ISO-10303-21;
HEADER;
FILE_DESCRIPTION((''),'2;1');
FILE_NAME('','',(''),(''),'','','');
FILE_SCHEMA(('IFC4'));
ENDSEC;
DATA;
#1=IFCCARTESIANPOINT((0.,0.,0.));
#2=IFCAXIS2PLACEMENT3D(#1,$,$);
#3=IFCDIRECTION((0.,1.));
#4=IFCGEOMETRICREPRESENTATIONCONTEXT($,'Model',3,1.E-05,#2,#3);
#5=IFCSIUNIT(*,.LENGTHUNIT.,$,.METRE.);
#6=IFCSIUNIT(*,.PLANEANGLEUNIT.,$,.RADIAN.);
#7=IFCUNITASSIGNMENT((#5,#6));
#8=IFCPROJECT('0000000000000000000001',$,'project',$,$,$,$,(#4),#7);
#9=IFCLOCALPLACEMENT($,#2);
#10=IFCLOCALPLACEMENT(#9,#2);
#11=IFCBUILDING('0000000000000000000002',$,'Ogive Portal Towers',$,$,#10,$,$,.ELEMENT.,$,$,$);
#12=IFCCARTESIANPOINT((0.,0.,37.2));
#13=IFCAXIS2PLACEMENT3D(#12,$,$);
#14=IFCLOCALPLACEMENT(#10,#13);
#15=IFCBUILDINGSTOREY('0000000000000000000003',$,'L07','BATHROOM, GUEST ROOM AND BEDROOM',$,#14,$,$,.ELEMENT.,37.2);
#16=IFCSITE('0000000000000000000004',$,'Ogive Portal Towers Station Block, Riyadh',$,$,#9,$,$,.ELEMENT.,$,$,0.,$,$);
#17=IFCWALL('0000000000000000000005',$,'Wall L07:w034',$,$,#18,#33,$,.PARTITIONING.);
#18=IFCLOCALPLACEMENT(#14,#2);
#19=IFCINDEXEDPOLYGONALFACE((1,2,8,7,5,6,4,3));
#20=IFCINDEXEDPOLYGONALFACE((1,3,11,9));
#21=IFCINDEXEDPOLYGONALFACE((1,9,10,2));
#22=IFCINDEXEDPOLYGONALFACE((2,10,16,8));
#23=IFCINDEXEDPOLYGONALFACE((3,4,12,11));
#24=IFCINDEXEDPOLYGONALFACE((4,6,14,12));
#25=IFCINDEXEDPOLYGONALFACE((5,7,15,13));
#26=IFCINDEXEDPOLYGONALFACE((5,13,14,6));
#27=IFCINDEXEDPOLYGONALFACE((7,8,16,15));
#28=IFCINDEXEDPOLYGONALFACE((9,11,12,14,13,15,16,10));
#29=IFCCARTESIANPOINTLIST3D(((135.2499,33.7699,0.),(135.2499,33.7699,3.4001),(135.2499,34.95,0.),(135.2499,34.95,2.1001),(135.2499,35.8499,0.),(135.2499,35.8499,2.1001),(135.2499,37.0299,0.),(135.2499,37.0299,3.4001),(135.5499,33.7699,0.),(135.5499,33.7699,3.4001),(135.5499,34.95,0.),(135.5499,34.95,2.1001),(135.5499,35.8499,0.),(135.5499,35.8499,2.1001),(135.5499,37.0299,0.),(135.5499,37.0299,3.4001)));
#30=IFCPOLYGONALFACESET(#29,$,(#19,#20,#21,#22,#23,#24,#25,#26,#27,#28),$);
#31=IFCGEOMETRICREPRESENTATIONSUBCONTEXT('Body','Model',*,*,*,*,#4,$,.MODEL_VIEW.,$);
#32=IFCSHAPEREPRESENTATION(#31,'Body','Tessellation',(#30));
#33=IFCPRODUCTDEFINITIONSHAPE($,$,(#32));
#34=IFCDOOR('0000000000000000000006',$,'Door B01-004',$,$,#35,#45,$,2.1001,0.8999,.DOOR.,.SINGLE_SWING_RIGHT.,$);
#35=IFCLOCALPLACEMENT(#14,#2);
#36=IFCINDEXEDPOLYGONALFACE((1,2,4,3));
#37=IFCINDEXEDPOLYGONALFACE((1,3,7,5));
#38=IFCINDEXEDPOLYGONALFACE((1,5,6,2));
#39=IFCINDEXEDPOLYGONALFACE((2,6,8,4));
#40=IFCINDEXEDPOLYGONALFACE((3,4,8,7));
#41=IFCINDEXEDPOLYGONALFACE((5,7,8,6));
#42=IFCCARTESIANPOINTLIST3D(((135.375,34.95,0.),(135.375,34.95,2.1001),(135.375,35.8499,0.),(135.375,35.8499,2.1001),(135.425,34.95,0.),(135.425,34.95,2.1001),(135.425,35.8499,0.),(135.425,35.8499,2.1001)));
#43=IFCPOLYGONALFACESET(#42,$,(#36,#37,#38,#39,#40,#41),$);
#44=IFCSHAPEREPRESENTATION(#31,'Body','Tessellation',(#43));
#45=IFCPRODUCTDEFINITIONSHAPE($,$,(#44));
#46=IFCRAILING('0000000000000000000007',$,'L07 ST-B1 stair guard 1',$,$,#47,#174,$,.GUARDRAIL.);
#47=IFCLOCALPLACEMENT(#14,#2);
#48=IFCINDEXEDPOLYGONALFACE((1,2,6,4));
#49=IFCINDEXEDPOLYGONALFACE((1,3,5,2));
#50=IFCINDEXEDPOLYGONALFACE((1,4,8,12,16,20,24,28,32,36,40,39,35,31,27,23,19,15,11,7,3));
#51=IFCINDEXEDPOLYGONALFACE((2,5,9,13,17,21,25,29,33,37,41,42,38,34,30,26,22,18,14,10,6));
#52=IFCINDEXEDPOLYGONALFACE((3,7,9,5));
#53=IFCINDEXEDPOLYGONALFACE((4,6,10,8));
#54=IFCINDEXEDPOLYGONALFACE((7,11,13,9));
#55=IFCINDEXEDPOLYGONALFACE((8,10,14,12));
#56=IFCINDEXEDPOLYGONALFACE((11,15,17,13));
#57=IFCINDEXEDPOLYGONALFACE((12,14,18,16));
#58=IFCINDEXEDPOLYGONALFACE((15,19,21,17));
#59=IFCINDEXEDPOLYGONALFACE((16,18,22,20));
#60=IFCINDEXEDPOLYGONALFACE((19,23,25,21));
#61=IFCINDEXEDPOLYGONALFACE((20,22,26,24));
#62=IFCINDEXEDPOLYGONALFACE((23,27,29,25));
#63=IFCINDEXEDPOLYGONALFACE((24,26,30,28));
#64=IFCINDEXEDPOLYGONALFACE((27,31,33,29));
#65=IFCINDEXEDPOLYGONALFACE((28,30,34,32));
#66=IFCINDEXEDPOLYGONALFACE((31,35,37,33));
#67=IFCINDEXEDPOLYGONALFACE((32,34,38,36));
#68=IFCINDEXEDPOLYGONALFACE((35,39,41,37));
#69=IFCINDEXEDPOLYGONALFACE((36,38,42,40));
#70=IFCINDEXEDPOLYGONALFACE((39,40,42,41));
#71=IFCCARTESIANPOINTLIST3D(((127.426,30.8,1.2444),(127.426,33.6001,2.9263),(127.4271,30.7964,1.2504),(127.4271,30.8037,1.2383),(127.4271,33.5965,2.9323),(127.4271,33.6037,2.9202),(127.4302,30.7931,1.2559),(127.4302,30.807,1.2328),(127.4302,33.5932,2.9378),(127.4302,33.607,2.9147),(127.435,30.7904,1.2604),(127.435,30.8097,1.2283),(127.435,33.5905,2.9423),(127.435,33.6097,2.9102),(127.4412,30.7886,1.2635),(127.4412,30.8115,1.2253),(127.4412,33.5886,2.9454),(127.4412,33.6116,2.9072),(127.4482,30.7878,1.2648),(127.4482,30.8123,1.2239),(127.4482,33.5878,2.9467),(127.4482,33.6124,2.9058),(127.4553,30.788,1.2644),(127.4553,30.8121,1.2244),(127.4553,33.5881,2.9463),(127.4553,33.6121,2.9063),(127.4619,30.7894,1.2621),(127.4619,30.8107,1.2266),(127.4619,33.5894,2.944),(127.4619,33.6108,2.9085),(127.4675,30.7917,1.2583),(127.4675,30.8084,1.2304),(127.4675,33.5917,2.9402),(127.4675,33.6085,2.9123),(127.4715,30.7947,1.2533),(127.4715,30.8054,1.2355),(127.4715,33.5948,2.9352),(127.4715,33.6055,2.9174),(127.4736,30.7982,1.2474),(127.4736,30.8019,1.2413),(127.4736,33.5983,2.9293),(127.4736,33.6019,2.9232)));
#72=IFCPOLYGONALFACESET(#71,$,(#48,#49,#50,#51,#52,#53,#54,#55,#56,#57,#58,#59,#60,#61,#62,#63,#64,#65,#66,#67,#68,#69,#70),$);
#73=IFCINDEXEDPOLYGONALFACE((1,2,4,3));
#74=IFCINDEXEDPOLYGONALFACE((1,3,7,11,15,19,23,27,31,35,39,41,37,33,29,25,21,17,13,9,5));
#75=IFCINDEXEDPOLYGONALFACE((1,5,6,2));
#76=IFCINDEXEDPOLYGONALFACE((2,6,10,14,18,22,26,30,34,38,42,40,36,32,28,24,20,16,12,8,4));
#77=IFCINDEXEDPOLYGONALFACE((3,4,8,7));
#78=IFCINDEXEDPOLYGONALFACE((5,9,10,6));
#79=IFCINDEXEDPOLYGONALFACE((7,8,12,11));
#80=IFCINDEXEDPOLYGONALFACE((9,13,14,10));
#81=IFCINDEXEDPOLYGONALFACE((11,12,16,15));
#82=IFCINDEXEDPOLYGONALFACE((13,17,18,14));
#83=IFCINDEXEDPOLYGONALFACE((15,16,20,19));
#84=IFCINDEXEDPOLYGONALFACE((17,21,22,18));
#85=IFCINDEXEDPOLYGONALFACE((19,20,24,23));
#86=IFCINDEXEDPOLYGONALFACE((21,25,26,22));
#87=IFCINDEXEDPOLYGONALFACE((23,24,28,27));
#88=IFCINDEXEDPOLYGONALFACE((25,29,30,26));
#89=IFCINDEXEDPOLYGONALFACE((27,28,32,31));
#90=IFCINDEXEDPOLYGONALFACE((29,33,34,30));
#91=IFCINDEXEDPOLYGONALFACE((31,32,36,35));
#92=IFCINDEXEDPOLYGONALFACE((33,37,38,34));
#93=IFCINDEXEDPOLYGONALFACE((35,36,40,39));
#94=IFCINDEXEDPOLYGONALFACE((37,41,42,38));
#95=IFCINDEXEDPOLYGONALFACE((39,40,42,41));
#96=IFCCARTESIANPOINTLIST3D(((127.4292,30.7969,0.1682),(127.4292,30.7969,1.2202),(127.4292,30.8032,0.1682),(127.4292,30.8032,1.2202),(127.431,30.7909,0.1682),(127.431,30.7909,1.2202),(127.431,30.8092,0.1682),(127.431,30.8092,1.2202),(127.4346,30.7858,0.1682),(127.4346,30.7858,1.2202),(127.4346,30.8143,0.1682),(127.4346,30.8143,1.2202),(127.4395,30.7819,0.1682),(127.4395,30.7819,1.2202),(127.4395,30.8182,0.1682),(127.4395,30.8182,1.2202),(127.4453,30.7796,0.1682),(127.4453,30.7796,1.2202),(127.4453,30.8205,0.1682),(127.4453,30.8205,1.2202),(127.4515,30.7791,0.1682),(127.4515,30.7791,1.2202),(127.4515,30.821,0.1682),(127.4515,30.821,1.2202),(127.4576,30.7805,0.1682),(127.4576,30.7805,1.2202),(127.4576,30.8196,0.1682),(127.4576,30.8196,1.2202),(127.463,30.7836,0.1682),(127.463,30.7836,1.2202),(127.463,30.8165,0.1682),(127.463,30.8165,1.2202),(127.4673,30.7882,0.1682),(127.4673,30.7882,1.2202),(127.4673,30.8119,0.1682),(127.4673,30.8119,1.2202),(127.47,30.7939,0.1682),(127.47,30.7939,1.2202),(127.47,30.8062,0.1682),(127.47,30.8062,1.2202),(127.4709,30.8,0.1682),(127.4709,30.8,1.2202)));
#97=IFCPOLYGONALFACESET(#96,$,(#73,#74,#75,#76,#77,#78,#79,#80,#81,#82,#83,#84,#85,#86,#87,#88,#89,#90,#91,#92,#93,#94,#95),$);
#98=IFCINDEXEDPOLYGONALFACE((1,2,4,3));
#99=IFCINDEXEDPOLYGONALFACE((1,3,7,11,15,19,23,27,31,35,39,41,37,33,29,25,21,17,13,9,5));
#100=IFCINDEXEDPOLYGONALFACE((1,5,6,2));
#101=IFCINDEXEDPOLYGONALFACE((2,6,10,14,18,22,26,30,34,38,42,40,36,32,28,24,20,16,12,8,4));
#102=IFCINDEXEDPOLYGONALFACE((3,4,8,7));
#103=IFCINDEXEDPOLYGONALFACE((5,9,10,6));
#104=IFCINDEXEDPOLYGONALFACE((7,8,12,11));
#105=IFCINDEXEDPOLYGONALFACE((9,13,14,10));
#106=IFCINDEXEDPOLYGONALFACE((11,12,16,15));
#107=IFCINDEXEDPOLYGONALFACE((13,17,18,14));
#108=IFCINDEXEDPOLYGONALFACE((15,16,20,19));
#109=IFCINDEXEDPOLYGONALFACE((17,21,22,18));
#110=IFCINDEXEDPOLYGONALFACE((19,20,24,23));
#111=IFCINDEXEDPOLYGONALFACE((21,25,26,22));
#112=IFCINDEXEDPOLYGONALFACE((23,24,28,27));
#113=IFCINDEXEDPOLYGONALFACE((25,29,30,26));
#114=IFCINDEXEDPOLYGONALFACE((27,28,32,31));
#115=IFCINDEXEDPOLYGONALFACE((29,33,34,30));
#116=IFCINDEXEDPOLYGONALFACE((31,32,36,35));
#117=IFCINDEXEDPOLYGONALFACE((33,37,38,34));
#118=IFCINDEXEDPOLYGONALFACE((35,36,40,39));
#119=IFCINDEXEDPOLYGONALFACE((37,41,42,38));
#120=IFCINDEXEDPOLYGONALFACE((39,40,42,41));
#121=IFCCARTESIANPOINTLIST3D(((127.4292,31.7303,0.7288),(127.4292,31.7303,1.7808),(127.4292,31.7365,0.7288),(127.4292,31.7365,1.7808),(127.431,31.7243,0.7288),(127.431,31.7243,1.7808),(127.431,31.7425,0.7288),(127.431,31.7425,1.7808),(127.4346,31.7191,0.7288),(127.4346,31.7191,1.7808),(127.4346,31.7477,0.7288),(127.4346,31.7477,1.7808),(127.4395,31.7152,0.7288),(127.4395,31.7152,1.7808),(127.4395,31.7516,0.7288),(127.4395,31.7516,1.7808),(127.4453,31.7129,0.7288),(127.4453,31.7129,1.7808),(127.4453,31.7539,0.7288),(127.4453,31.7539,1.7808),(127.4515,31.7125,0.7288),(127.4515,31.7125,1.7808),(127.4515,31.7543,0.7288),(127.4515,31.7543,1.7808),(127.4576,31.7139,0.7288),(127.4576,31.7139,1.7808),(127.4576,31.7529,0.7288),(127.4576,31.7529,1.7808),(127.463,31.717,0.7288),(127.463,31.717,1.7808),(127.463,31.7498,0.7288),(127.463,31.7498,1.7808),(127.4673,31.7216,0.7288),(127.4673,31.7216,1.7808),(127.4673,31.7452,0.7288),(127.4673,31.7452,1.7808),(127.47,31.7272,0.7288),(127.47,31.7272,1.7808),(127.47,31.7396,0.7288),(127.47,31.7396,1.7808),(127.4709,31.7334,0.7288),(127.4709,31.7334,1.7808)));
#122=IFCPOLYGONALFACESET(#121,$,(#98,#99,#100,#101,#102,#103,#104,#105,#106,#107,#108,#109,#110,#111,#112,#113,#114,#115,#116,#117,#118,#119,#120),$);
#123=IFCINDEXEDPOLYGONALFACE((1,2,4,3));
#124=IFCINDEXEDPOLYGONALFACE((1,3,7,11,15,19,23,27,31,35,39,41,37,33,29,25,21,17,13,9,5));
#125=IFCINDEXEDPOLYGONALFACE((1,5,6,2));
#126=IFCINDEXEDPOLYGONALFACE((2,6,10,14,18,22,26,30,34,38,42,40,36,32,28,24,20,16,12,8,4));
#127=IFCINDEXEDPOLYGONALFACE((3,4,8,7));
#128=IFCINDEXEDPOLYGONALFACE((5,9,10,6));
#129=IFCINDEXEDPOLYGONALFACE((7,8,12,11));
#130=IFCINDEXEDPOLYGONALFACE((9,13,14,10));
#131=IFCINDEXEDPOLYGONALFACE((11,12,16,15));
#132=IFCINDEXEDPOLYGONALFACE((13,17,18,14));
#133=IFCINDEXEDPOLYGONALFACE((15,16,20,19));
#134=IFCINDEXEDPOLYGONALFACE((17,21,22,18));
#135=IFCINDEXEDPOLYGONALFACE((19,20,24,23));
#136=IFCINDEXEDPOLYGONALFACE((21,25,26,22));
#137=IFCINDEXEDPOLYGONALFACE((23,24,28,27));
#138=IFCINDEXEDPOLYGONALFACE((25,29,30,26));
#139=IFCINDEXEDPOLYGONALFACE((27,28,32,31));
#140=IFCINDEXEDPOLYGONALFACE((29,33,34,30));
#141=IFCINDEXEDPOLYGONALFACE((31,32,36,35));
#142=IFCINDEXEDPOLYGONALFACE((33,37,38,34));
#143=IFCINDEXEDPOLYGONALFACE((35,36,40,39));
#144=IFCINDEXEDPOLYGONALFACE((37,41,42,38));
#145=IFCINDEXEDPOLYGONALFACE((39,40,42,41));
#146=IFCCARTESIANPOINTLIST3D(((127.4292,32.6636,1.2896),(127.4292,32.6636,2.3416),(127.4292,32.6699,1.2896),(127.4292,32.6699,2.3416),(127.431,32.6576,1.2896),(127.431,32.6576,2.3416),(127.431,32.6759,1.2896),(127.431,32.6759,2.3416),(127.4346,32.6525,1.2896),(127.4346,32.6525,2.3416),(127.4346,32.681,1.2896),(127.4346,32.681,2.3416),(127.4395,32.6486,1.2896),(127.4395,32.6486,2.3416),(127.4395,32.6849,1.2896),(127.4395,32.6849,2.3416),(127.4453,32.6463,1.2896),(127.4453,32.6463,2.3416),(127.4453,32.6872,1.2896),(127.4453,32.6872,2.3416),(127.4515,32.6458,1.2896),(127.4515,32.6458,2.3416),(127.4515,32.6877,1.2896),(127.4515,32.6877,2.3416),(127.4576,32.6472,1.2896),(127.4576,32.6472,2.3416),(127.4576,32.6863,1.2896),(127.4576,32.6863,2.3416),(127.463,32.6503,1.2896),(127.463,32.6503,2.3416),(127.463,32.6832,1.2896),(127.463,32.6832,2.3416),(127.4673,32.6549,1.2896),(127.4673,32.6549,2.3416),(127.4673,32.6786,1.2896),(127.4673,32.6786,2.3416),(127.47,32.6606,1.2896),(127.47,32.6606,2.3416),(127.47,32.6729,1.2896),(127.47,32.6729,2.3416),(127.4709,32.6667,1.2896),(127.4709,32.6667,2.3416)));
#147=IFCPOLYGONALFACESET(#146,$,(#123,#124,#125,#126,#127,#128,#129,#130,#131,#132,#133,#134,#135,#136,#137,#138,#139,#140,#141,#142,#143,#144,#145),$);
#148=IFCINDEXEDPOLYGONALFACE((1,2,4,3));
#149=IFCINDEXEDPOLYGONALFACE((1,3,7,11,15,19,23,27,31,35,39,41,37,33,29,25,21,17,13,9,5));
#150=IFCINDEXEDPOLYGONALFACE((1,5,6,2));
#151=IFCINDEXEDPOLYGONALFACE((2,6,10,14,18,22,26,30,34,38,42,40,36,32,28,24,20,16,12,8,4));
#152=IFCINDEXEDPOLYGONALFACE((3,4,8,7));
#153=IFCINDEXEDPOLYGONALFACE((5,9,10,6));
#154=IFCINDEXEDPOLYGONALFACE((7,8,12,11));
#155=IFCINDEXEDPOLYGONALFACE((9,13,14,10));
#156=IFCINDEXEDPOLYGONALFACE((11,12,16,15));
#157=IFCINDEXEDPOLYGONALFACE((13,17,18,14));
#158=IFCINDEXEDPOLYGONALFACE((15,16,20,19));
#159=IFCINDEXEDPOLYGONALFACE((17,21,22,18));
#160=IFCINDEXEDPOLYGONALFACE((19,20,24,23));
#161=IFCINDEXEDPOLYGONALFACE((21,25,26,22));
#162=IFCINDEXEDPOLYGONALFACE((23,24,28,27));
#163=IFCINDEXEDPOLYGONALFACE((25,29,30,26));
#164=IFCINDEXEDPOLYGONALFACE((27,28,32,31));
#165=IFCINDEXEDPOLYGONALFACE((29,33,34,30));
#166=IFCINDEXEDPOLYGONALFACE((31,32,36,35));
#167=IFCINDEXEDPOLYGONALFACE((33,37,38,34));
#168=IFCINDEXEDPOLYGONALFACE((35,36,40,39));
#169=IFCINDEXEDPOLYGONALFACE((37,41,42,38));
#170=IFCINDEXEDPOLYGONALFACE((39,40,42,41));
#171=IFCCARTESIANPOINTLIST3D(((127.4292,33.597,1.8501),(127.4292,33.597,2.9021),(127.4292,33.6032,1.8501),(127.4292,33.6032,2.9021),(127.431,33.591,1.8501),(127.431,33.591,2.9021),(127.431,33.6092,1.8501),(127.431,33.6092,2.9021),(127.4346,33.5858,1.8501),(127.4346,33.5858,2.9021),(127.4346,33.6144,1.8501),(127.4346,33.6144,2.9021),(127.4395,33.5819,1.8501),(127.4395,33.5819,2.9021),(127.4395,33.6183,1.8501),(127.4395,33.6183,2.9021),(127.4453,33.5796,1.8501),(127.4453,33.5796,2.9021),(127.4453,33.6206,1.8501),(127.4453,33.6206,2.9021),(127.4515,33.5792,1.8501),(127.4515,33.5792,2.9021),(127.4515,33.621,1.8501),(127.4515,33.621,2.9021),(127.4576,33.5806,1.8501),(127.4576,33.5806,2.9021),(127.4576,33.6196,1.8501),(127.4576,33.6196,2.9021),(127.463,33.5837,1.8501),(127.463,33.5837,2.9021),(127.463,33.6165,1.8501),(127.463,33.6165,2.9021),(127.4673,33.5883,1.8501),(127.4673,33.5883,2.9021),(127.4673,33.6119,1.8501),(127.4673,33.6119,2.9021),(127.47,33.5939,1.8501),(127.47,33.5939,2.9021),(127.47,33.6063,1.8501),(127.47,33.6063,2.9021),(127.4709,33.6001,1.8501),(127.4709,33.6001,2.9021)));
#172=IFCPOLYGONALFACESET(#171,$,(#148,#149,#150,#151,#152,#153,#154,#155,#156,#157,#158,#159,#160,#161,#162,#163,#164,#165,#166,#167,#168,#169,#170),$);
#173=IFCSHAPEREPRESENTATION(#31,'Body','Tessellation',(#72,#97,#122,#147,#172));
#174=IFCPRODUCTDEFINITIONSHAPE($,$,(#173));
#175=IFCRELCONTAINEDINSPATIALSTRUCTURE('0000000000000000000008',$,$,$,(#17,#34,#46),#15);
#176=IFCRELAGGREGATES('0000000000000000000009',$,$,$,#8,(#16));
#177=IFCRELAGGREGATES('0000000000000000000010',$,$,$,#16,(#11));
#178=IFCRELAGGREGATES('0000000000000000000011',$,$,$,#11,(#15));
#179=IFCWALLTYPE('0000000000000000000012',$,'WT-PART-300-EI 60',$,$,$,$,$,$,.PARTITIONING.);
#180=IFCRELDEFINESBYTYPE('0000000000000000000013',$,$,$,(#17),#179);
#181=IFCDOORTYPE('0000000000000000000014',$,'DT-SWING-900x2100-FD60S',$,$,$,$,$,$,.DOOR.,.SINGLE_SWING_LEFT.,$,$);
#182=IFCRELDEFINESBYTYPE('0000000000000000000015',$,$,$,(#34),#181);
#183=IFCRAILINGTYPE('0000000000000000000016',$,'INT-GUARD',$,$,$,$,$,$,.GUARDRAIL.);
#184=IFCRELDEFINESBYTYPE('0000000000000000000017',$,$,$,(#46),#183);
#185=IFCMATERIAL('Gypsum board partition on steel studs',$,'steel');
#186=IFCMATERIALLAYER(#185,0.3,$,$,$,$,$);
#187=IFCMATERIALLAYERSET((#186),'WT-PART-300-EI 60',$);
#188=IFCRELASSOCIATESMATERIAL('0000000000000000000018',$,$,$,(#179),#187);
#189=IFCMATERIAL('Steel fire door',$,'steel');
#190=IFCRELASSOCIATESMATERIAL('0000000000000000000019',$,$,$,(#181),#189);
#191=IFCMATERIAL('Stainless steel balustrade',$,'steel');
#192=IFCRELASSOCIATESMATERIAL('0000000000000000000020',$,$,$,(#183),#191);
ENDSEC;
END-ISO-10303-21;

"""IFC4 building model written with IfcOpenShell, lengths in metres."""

from ifc_helpers import new_model, si_unit, direction, frame, frame_2d, origin, origin_2d, place, context, subcontext, project, spatial, rectangle, circle, extrude, material, layer, layer_set, type_object, element, fill, save


model = new_model("IFC4")

# Units and contexts
model_context = context("Model", 3, precision=1e-05, world=origin(), true_north=direction((0.0, 1.0)))
body_context = subcontext(model_context, "Body", "Model", "MODEL_VIEW")
ifc_project = project(units=[si_unit("LENGTHUNIT", "METRE"), si_unit("PLANEANGLEUNIT", "RADIAN")], contexts=[model_context])

# Site, building, storey
site_placement = place(None, origin())
site = spatial("IfcSite", under=ifc_project, at=site_placement, Name="Ogive Portal Towers Station Block, Riyadh", CompositionType="ELEMENT", RefElevation=0.0)
building_placement = place(site_placement, origin())
building = spatial("IfcBuilding", under=site, at=building_placement, Name="Ogive Portal Towers", CompositionType="ELEMENT")
storey_placement = place(building_placement, frame((0.0, 0.0, 37.2)))
storey = spatial("IfcBuildingStorey", under=building, at=storey_placement, Name="L07", Description="BATHROOM, GUEST ROOM AND BEDROOM", CompositionType="ELEMENT", Elevation=37.2)

# Shared definitions
ifc_material_1 = material(Name="Steel fire door", Category="steel")

# Shared definitions
ifc_material_2 = material(Name="Gypsum board partition on steel studs", Category="steel")

# Wall, opening, door
ifc_layer_1 = layer(ifc_material_2, 0.3)
ifc_layer_set_1 = layer_set([ifc_layer_1], Name="WT-PART-300-EI 60")
wall_type_1 = type_object("IfcWallType", Name="WT-PART-300-EI 60", PredefinedType="PARTITIONING", material=ifc_layer_set_1)
wall_1_placement = place(storey_placement, frame((135.3999, 33.77, 0.0), z_axis=(0.0, 0.0, 1.0), x_axis=(0.0, 1.0, 0.0)))
wall_1 = element("IfcWall", 1, at=wall_1_placement, inside=storey, type_object=wall_type_1, Name="Wall L07:w034", PredefinedType="PARTITIONING", context=body_context, shape_type="SweptSolid", body=[
    extrude(rectangle(XDim=3.26, YDim=0.3, at=frame_2d((1.6299, 0.0))), origin(), (0.0, 0.0, 1.0), 3.4001),
])
opening_1_placement = place(wall_1_placement, frame((1.1799, 0.0, 0.0)))
opening_1 = element("IfcOpeningElement", 2, at=opening_1_placement, cuts=wall_1, PredefinedType="OPENING", context=body_context, shape_type="SweptSolid", body=[
    extrude(rectangle(XDim=0.8999, YDim=2.1001, at=frame_2d((0.45, 1.05))), frame((0.0, 0.1602, 0.0), z_axis=(0.0, -1.0, 0.0), x_axis=(1.0, 0.0, 0.0)), (0.0, 0.0, 1.0), 0.3201),
])
door_type_1 = type_object("IfcDoorType", Name="DT-SWING-900x2100-FD60S", OperationType="SINGLE_SWING_LEFT", PredefinedType="DOOR", material=ifc_material_1)
door_1_placement = place(opening_1_placement, origin())
door_1 = element("IfcDoor", 3, at=door_1_placement, inside=storey, type_object=door_type_1, Name="Door B01-004", OperationType="SINGLE_SWING_RIGHT", OverallHeight=2.1001, OverallWidth=0.8999, PredefinedType="DOOR", context=body_context, shape_type="SweptSolid", body=[
    extrude(rectangle(XDim=0.8999, YDim=2.1001, at=frame_2d((0.45, 1.05))), frame((0.0, 0.0249, 0.0), z_axis=(0.0, -1.0, 0.0), x_axis=(1.0, 0.0, 0.0)), (0.0, 0.0, 1.0), 0.05),
])
fill(opening_1, door_1)

# Railing
ifc_material_3 = material(Name="Stainless steel balustrade", Category="steel")
railing_type_1 = type_object("IfcRailingType", Name="INT-GUARD", PredefinedType="GUARDRAIL", material=ifc_material_3)
railing_1_placement = place(storey_placement, frame((127.45, 30.8, 0.1682)))
element("IfcRailing", 4, at=railing_1_placement, inside=storey, type_object=railing_type_1, Name="L07 ST-B1 stair guard 1", PredefinedType="GUARDRAIL", context=body_context, shape_type="SweptSolid", body=[
    extrude(circle(Radius=0.0239, at=origin_2d()), frame((0.0, 0.0, 1.0762), z_axis=(0.0, 0.857242, 0.514913), x_axis=(-1.0, 0.0, 0.0)), (0.0, 0.0, 1.0), 3.2664),
    extrude(circle(Radius=0.021, at=origin_2d()), origin(), (0.0, 0.0, 1.0), 1.052),
    extrude(circle(Radius=0.021, at=origin_2d()), frame((0.0, 0.9333, 0.5605)), (0.0, 0.0, 1.0), 1.052),
    extrude(circle(Radius=0.021, at=origin_2d()), frame((0.0, 1.8667, 1.1213)), (0.0, 0.0, 1.0), 1.052),
    extrude(circle(Radius=0.021, at=origin_2d()), frame((0.0, 2.8, 1.6819)), (0.0, 0.0, 1.0), 1.052),
])

save(model, "model.ifc")
